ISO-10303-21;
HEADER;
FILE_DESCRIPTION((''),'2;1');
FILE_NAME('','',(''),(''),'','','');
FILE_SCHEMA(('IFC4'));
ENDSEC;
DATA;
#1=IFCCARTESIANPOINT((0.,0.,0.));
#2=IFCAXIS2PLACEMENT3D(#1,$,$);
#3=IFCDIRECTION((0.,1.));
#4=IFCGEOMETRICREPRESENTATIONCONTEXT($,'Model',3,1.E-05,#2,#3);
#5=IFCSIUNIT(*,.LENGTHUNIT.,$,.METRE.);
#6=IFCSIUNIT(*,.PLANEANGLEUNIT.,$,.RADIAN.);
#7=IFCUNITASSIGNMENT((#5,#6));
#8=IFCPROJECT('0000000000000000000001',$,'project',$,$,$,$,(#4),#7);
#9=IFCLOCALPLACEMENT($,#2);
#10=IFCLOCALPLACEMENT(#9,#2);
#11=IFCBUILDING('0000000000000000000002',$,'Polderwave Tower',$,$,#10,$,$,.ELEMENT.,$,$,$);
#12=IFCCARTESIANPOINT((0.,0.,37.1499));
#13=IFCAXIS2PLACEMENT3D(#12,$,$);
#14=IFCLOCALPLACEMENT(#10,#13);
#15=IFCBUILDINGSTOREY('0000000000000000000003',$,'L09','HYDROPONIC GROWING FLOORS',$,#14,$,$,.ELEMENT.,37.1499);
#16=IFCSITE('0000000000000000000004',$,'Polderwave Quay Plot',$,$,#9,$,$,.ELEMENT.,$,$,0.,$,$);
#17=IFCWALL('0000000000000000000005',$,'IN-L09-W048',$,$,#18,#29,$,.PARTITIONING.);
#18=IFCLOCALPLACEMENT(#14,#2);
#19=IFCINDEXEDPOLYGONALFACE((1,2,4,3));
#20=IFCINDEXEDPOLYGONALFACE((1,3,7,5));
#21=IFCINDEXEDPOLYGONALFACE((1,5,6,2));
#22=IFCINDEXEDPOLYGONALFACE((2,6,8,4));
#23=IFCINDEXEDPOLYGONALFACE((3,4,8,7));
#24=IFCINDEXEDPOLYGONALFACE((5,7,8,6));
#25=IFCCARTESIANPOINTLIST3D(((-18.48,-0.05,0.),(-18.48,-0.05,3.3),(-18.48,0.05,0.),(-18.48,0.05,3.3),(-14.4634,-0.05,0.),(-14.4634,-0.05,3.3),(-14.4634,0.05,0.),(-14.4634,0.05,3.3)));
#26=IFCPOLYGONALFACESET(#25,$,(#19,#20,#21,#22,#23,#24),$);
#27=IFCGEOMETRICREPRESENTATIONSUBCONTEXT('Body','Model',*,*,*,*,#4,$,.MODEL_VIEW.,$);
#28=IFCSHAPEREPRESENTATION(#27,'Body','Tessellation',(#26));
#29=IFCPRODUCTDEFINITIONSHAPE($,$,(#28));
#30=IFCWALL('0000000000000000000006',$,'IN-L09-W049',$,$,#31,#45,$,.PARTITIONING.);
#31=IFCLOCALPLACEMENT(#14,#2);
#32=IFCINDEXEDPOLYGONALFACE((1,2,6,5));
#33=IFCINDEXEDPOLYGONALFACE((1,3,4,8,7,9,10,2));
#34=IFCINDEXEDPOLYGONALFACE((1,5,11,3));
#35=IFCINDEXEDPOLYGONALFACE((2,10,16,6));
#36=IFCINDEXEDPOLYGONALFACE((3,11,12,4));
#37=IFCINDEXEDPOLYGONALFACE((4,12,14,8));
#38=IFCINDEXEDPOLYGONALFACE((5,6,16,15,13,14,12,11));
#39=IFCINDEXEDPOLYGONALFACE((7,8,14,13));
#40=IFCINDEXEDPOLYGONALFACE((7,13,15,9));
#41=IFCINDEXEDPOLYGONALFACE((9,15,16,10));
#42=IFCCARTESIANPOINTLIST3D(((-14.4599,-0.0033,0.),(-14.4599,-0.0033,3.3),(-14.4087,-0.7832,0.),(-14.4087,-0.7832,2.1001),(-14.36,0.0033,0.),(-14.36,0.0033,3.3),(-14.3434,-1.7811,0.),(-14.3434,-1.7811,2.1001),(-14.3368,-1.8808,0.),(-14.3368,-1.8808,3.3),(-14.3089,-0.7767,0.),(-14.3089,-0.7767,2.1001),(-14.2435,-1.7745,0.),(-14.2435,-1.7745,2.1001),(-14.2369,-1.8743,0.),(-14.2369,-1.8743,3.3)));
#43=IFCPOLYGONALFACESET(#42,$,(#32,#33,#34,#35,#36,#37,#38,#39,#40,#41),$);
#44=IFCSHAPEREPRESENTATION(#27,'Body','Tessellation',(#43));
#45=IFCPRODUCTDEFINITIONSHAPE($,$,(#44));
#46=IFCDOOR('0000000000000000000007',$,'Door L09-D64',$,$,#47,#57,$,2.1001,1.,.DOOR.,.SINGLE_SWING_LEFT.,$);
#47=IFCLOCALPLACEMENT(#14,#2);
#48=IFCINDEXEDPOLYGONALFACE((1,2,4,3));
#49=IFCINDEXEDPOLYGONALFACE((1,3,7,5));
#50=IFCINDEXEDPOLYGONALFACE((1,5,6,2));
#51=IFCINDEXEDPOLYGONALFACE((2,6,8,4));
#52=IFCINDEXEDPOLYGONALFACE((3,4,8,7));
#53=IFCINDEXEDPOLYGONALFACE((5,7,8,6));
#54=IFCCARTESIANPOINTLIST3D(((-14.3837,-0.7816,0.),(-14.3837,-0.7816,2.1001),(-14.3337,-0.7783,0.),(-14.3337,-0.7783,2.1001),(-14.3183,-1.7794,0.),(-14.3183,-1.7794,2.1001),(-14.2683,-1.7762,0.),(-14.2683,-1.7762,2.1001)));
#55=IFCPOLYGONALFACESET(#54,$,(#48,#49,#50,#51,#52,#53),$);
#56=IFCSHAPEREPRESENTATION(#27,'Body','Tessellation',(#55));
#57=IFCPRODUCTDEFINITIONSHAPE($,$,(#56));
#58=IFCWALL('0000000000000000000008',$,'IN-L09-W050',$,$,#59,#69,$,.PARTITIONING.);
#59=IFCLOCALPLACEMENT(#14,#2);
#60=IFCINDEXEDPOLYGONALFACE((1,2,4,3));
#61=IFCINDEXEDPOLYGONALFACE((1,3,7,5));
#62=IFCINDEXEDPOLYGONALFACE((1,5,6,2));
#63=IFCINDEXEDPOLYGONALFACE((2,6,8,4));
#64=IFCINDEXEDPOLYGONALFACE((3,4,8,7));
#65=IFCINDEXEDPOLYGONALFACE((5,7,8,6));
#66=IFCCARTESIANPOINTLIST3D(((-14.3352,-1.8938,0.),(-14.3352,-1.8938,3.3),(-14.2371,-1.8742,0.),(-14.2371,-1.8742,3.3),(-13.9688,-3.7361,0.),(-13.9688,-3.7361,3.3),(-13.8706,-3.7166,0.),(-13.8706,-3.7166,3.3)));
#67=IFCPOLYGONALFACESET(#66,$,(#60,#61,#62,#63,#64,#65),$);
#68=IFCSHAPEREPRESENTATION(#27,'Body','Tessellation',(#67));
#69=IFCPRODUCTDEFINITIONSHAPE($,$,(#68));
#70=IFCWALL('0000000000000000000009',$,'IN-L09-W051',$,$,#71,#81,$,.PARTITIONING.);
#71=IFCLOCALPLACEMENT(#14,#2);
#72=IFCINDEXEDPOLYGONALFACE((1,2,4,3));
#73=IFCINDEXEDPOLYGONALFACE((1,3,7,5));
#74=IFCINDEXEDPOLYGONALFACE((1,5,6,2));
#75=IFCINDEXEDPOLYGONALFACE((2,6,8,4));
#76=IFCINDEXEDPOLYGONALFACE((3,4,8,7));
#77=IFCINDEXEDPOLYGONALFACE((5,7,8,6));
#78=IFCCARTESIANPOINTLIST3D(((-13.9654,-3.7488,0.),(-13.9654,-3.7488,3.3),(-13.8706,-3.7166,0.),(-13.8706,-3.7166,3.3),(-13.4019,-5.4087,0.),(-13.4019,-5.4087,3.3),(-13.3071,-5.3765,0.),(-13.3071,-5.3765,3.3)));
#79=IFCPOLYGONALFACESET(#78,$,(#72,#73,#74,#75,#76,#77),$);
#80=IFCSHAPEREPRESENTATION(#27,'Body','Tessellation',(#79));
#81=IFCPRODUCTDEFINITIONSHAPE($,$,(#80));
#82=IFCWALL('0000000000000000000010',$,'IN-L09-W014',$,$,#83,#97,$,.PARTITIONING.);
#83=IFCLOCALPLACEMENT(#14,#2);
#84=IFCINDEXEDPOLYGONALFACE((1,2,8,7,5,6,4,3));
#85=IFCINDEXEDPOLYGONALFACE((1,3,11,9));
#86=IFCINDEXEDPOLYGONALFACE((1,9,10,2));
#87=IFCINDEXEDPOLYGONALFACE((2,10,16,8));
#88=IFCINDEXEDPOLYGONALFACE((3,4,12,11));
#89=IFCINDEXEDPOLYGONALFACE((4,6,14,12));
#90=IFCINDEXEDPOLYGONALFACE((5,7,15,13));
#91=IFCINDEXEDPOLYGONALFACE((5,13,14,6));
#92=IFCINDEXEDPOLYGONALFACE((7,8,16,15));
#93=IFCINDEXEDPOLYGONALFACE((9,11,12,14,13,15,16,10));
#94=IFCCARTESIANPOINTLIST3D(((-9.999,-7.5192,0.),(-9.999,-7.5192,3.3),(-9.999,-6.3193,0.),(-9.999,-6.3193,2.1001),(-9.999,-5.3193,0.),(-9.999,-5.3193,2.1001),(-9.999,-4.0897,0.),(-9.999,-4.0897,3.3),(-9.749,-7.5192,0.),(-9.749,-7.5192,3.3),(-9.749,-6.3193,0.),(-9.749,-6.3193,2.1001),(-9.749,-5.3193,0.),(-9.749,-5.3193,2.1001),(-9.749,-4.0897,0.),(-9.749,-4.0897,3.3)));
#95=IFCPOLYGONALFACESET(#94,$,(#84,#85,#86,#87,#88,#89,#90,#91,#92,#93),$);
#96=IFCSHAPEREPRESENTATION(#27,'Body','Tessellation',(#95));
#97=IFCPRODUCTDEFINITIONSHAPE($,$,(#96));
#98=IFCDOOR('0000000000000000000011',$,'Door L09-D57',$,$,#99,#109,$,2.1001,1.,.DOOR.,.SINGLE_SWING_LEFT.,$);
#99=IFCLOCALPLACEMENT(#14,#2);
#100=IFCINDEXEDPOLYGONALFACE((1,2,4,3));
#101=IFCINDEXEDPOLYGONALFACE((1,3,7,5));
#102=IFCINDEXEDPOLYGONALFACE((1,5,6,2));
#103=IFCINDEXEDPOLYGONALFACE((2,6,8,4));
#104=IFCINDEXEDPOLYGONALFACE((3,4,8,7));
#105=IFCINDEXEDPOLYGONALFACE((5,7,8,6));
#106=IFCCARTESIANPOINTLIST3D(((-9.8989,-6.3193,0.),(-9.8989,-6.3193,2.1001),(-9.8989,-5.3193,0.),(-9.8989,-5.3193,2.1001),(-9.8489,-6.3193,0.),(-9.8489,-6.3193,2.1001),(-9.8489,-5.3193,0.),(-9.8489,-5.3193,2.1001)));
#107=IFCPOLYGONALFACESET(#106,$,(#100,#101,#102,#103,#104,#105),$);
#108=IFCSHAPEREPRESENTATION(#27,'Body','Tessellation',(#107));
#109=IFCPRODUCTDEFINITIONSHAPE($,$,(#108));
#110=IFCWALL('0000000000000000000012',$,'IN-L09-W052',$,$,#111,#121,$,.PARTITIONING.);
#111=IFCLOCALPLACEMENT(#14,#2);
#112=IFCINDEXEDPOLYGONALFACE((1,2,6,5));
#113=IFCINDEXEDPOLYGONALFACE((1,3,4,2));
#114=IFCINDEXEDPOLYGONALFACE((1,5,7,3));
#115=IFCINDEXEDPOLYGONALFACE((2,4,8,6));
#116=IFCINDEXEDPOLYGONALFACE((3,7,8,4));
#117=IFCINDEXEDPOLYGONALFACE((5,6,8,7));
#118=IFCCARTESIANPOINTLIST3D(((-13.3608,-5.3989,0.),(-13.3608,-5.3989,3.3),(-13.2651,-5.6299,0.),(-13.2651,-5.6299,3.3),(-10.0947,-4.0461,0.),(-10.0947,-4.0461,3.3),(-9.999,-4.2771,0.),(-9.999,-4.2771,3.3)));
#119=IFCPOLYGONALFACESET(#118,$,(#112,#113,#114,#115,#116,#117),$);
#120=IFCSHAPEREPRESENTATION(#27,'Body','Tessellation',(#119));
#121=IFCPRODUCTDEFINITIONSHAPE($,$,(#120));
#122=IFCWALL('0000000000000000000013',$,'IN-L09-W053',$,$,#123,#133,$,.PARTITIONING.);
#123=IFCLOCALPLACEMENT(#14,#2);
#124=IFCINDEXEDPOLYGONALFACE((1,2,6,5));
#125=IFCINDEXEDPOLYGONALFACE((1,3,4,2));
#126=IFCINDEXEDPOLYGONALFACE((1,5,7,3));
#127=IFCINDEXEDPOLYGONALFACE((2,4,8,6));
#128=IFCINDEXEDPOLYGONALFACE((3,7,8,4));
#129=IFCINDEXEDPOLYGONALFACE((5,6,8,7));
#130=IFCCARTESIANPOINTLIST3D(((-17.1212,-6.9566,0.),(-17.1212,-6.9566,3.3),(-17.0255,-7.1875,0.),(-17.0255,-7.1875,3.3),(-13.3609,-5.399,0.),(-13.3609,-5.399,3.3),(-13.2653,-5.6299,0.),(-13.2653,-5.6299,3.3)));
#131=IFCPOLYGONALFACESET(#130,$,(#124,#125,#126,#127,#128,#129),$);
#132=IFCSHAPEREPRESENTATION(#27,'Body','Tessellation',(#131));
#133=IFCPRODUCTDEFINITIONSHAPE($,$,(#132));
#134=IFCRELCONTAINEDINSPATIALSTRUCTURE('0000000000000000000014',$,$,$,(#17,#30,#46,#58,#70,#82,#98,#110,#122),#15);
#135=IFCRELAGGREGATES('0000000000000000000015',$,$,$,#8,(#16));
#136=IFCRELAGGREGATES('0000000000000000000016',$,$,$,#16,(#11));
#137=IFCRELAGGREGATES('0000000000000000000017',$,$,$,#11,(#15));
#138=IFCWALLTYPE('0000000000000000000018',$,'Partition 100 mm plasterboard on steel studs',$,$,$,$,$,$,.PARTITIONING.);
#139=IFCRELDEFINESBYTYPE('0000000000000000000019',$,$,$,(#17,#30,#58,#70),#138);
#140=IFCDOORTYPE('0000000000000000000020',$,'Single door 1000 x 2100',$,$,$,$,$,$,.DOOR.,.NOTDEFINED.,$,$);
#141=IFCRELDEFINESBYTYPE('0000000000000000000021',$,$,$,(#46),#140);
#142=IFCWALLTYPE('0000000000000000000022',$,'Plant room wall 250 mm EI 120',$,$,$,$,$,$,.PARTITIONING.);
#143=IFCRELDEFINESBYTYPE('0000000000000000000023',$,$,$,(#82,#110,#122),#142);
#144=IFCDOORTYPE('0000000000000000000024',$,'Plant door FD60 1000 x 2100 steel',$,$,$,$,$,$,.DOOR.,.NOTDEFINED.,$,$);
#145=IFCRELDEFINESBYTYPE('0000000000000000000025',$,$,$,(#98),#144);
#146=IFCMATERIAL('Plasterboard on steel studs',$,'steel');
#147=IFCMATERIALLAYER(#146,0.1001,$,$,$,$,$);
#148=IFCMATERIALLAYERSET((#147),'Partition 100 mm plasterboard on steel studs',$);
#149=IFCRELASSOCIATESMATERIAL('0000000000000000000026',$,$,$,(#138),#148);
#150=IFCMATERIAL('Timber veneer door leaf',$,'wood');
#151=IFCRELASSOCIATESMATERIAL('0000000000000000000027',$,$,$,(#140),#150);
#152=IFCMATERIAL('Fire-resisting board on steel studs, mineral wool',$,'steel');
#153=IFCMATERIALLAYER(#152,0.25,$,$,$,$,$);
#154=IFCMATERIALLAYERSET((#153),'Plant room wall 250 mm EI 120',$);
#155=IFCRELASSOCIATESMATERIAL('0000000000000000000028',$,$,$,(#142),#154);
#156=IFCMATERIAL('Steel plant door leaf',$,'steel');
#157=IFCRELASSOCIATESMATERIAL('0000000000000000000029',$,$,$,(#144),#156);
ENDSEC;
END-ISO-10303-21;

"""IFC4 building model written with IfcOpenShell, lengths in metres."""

from ifc_helpers import new_model, si_unit, direction, frame, frame_2d, origin, place, context, subcontext, project, spatial, rectangle, extrude, material, layer, layer_set, type_object, element, fill, save


model = new_model("IFC4")

# Units and contexts
model_context = context("Model", 3, precision=1e-05, world=origin(), true_north=direction((0.0, 1.0)))
body_context = subcontext(model_context, "Body", "Model", "MODEL_VIEW")
ifc_project = project(units=[si_unit("LENGTHUNIT", "METRE"), si_unit("PLANEANGLEUNIT", "RADIAN")], contexts=[model_context])

# Site, building, storey
site_placement = place(None, origin())
site = spatial("IfcSite", under=ifc_project, at=site_placement, Name="Polderwave Quay Plot", CompositionType="ELEMENT", RefElevation=0.0)
building_placement = place(site_placement, origin())
building = spatial("IfcBuilding", under=site, at=building_placement, Name="Polderwave Tower", CompositionType="ELEMENT")
storey_placement = place(building_placement, frame((0.0, 0.0, 37.1499)))
storey = spatial("IfcBuildingStorey", under=building, at=storey_placement, Name="L09", Description="HYDROPONIC GROWING FLOORS", CompositionType="ELEMENT", Elevation=37.1499)

# Shared definitions
ifc_material_1 = material(Name="Plasterboard on steel studs", Category="steel")
ifc_layer_1 = layer(ifc_material_1, 0.1001)
ifc_layer_set_1 = layer_set([ifc_layer_1], Name="Partition 100 mm plasterboard on steel studs")
wall_type_1 = type_object("IfcWallType", Name="Partition 100 mm plasterboard on steel studs", PredefinedType="PARTITIONING", material=ifc_layer_set_1)
ifc_material_2 = material(Name="Timber veneer door leaf", Category="wood")
door_type_1 = type_object("IfcDoorType", Name="Single door 1000 x 2100", OperationType="NOTDEFINED", PredefinedType="DOOR", material=ifc_material_2)

# Wall
wall_1_placement = place(storey_placement, frame((-14.4634, 0.0, 0.0), z_axis=(0.0, 0.0, 1.0), x_axis=(-1.0, 0.0, 0.0)))
element("IfcWall", 1, at=wall_1_placement, inside=storey, type_object=wall_type_1, Name="IN-L09-W048", PredefinedType="PARTITIONING", context=body_context, shape_type="SweptSolid", body=[
    extrude(rectangle(XDim=4.0166, YDim=0.1001, at=frame_2d((2.0083, 0.0))), origin(), (0.0, 0.0, 1.0), 3.3),
])

# Wall, opening, door
wall_2_placement = place(storey_placement, frame((-14.2869, -1.8777, 0.0), z_axis=(0.0, 0.0, 1.0), x_axis=(-0.065391, 0.99786, 0.0)))
wall_2 = element("IfcWall", 2, at=wall_2_placement, inside=storey, type_object=wall_type_1, Name="IN-L09-W049", PredefinedType="PARTITIONING", context=body_context, shape_type="SweptSolid", body=[
    extrude(rectangle(XDim=1.8816, YDim=0.1001, at=frame_2d((0.9409, 0.0))), origin(), (0.0, 0.0, 1.0), 3.3),
])
opening_1_placement = place(wall_2_placement, frame((0.1001, 0.0, 0.0)))
opening_1 = element("IfcOpeningElement", 3, at=opening_1_placement, cuts=wall_2, PredefinedType="OPENING", context=body_context, shape_type="SweptSolid", body=[
    extrude(rectangle(XDim=1.0, YDim=2.1001, at=frame_2d((0.5, 1.05))), frame((0.0, 0.0601, 0.0), z_axis=(0.0, -1.0, 0.0), x_axis=(1.0, 0.0, 0.0)), (0.0, 0.0, 1.0), 0.1201),
])
door_1_placement = place(opening_1_placement, origin())
door_1 = element("IfcDoor", 4, at=door_1_placement, inside=storey, type_object=door_type_1, Name="Door L09-D64", OperationType="SINGLE_SWING_LEFT", OverallHeight=2.1001, OverallWidth=1.0, PredefinedType="DOOR", context=body_context, shape_type="SweptSolid", body=[
    extrude(rectangle(XDim=1.0, YDim=2.1001, at=frame_2d((0.5, 1.05))), frame((0.0, 0.0249, 0.0), z_axis=(0.0, -1.0, 0.0), x_axis=(1.0, 0.0, 0.0)), (0.0, 0.0, 1.0), 0.05),
])
fill(opening_1, door_1)

# Walls
wall_3_placement = place(storey_placement, frame((-13.9197, -3.7263, 0.0), z_axis=(0.0, 0.0, 1.0), x_axis=(-0.195091, 0.980785, 0.0)))
element("IfcWall", 5, at=wall_3_placement, inside=storey, type_object=wall_type_1, Name="IN-L09-W050", PredefinedType="PARTITIONING", context=body_context, shape_type="SweptSolid", body=[
    extrude(rectangle(XDim=1.8784, YDim=0.1001, at=frame_2d((0.9392, 0.0))), origin(), (0.0, 0.0, 1.0), 3.3),
])
wall_4_placement = place(storey_placement, frame((-13.3545, -5.3926, 0.0), z_axis=(0.0, 0.0, 1.0), x_axis=(-0.321446, 0.946928, 0.0)))
element("IfcWall", 6, at=wall_4_placement, inside=storey, type_object=wall_type_1, Name="IN-L09-W051", PredefinedType="PARTITIONING", context=body_context, shape_type="SweptSolid", body=[
    extrude(rectangle(XDim=1.7529, YDim=0.1001, at=frame_2d((0.8765, 0.0))), origin(), (0.0, 0.0, 1.0), 3.3),
])

# Wall, opening, door
ifc_material_3 = material(Name="Fire-resisting board on steel studs, mineral wool", Category="steel")
ifc_layer_2 = layer(ifc_material_3, 0.25)
ifc_layer_set_2 = layer_set([ifc_layer_2], Name="Plant room wall 250 mm EI 120")
wall_type_2 = type_object("IfcWallType", Name="Plant room wall 250 mm EI 120", PredefinedType="PARTITIONING", material=ifc_layer_set_2)
wall_5_placement = place(storey_placement, frame((-9.874, -7.5193, 0.0), z_axis=(0.0, 0.0, 1.0), x_axis=(0.0, 1.0, 0.0)))
wall_5 = element("IfcWall", 7, at=wall_5_placement, inside=storey, type_object=wall_type_2, Name="IN-L09-W014", PredefinedType="PARTITIONING", context=body_context, shape_type="SweptSolid", body=[
    extrude(rectangle(XDim=3.4294, YDim=0.25, at=frame_2d((1.7148, 0.0))), origin(), (0.0, 0.0, 1.0), 3.3),
])
opening_2_placement = place(wall_5_placement, frame((1.2, 0.0, 0.0)))
opening_2 = element("IfcOpeningElement", 8, at=opening_2_placement, cuts=wall_5, PredefinedType="OPENING", context=body_context, shape_type="SweptSolid", body=[
    extrude(rectangle(XDim=1.0, YDim=2.1001, at=frame_2d((0.5, 1.05))), frame((0.0, 0.135, 0.0), z_axis=(0.0, -1.0, 0.0), x_axis=(1.0, 0.0, 0.0)), (0.0, 0.0, 1.0), 0.27),
])
ifc_material_4 = material(Name="Steel plant door leaf", Category="steel")
door_type_2 = type_object("IfcDoorType", Name="Plant door FD60 1000 x 2100 steel", OperationType="NOTDEFINED", PredefinedType="DOOR", material=ifc_material_4)
door_2_placement = place(opening_2_placement, origin())
door_2 = element("IfcDoor", 9, at=door_2_placement, inside=storey, type_object=door_type_2, Name="Door L09-D57", OperationType="SINGLE_SWING_LEFT", OverallHeight=2.1001, OverallWidth=1.0, PredefinedType="DOOR", context=body_context, shape_type="SweptSolid", body=[
    extrude(rectangle(XDim=1.0, YDim=2.1001, at=frame_2d((0.5, 1.05))), frame((0.0, 0.0249, 0.0), z_axis=(0.0, -1.0, 0.0), x_axis=(1.0, 0.0, 0.0)), (0.0, 0.0, 1.0), 0.05),
])
fill(opening_2, door_2)

# Walls
wall_6_placement = place(storey_placement, frame((-10.0469, -4.1616, 0.0), z_axis=(0.0, 0.0, 1.0), x_axis=(-0.923888, -0.382663, 0.0)))
element("IfcWall", 10, at=wall_6_placement, inside=storey, type_object=wall_type_2, Name="IN-L09-W052", PredefinedType="PARTITIONING", context=body_context, shape_type="SweptSolid", body=[
    extrude(rectangle(XDim=3.5352, YDim=0.25, at=frame_2d((1.7676, 0.0))), origin(), (0.0, 0.0, 1.0), 3.3),
])
wall_7_placement = place(storey_placement, frame((-13.313, -5.5144, 0.0), z_axis=(0.0, 0.0, 1.0), x_axis=(-0.923874, -0.382698, 0.0)))
element("IfcWall", 11, at=wall_7_placement, inside=storey, type_object=wall_type_2, Name="IN-L09-W053", PredefinedType="PARTITIONING", context=body_context, shape_type="SweptSolid", body=[
    extrude(rectangle(XDim=4.0701, YDim=0.25, at=frame_2d((2.0352, 0.0))), origin(), (0.0, 0.0, 1.0), 3.3),
])

save(model, "model.ifc")
